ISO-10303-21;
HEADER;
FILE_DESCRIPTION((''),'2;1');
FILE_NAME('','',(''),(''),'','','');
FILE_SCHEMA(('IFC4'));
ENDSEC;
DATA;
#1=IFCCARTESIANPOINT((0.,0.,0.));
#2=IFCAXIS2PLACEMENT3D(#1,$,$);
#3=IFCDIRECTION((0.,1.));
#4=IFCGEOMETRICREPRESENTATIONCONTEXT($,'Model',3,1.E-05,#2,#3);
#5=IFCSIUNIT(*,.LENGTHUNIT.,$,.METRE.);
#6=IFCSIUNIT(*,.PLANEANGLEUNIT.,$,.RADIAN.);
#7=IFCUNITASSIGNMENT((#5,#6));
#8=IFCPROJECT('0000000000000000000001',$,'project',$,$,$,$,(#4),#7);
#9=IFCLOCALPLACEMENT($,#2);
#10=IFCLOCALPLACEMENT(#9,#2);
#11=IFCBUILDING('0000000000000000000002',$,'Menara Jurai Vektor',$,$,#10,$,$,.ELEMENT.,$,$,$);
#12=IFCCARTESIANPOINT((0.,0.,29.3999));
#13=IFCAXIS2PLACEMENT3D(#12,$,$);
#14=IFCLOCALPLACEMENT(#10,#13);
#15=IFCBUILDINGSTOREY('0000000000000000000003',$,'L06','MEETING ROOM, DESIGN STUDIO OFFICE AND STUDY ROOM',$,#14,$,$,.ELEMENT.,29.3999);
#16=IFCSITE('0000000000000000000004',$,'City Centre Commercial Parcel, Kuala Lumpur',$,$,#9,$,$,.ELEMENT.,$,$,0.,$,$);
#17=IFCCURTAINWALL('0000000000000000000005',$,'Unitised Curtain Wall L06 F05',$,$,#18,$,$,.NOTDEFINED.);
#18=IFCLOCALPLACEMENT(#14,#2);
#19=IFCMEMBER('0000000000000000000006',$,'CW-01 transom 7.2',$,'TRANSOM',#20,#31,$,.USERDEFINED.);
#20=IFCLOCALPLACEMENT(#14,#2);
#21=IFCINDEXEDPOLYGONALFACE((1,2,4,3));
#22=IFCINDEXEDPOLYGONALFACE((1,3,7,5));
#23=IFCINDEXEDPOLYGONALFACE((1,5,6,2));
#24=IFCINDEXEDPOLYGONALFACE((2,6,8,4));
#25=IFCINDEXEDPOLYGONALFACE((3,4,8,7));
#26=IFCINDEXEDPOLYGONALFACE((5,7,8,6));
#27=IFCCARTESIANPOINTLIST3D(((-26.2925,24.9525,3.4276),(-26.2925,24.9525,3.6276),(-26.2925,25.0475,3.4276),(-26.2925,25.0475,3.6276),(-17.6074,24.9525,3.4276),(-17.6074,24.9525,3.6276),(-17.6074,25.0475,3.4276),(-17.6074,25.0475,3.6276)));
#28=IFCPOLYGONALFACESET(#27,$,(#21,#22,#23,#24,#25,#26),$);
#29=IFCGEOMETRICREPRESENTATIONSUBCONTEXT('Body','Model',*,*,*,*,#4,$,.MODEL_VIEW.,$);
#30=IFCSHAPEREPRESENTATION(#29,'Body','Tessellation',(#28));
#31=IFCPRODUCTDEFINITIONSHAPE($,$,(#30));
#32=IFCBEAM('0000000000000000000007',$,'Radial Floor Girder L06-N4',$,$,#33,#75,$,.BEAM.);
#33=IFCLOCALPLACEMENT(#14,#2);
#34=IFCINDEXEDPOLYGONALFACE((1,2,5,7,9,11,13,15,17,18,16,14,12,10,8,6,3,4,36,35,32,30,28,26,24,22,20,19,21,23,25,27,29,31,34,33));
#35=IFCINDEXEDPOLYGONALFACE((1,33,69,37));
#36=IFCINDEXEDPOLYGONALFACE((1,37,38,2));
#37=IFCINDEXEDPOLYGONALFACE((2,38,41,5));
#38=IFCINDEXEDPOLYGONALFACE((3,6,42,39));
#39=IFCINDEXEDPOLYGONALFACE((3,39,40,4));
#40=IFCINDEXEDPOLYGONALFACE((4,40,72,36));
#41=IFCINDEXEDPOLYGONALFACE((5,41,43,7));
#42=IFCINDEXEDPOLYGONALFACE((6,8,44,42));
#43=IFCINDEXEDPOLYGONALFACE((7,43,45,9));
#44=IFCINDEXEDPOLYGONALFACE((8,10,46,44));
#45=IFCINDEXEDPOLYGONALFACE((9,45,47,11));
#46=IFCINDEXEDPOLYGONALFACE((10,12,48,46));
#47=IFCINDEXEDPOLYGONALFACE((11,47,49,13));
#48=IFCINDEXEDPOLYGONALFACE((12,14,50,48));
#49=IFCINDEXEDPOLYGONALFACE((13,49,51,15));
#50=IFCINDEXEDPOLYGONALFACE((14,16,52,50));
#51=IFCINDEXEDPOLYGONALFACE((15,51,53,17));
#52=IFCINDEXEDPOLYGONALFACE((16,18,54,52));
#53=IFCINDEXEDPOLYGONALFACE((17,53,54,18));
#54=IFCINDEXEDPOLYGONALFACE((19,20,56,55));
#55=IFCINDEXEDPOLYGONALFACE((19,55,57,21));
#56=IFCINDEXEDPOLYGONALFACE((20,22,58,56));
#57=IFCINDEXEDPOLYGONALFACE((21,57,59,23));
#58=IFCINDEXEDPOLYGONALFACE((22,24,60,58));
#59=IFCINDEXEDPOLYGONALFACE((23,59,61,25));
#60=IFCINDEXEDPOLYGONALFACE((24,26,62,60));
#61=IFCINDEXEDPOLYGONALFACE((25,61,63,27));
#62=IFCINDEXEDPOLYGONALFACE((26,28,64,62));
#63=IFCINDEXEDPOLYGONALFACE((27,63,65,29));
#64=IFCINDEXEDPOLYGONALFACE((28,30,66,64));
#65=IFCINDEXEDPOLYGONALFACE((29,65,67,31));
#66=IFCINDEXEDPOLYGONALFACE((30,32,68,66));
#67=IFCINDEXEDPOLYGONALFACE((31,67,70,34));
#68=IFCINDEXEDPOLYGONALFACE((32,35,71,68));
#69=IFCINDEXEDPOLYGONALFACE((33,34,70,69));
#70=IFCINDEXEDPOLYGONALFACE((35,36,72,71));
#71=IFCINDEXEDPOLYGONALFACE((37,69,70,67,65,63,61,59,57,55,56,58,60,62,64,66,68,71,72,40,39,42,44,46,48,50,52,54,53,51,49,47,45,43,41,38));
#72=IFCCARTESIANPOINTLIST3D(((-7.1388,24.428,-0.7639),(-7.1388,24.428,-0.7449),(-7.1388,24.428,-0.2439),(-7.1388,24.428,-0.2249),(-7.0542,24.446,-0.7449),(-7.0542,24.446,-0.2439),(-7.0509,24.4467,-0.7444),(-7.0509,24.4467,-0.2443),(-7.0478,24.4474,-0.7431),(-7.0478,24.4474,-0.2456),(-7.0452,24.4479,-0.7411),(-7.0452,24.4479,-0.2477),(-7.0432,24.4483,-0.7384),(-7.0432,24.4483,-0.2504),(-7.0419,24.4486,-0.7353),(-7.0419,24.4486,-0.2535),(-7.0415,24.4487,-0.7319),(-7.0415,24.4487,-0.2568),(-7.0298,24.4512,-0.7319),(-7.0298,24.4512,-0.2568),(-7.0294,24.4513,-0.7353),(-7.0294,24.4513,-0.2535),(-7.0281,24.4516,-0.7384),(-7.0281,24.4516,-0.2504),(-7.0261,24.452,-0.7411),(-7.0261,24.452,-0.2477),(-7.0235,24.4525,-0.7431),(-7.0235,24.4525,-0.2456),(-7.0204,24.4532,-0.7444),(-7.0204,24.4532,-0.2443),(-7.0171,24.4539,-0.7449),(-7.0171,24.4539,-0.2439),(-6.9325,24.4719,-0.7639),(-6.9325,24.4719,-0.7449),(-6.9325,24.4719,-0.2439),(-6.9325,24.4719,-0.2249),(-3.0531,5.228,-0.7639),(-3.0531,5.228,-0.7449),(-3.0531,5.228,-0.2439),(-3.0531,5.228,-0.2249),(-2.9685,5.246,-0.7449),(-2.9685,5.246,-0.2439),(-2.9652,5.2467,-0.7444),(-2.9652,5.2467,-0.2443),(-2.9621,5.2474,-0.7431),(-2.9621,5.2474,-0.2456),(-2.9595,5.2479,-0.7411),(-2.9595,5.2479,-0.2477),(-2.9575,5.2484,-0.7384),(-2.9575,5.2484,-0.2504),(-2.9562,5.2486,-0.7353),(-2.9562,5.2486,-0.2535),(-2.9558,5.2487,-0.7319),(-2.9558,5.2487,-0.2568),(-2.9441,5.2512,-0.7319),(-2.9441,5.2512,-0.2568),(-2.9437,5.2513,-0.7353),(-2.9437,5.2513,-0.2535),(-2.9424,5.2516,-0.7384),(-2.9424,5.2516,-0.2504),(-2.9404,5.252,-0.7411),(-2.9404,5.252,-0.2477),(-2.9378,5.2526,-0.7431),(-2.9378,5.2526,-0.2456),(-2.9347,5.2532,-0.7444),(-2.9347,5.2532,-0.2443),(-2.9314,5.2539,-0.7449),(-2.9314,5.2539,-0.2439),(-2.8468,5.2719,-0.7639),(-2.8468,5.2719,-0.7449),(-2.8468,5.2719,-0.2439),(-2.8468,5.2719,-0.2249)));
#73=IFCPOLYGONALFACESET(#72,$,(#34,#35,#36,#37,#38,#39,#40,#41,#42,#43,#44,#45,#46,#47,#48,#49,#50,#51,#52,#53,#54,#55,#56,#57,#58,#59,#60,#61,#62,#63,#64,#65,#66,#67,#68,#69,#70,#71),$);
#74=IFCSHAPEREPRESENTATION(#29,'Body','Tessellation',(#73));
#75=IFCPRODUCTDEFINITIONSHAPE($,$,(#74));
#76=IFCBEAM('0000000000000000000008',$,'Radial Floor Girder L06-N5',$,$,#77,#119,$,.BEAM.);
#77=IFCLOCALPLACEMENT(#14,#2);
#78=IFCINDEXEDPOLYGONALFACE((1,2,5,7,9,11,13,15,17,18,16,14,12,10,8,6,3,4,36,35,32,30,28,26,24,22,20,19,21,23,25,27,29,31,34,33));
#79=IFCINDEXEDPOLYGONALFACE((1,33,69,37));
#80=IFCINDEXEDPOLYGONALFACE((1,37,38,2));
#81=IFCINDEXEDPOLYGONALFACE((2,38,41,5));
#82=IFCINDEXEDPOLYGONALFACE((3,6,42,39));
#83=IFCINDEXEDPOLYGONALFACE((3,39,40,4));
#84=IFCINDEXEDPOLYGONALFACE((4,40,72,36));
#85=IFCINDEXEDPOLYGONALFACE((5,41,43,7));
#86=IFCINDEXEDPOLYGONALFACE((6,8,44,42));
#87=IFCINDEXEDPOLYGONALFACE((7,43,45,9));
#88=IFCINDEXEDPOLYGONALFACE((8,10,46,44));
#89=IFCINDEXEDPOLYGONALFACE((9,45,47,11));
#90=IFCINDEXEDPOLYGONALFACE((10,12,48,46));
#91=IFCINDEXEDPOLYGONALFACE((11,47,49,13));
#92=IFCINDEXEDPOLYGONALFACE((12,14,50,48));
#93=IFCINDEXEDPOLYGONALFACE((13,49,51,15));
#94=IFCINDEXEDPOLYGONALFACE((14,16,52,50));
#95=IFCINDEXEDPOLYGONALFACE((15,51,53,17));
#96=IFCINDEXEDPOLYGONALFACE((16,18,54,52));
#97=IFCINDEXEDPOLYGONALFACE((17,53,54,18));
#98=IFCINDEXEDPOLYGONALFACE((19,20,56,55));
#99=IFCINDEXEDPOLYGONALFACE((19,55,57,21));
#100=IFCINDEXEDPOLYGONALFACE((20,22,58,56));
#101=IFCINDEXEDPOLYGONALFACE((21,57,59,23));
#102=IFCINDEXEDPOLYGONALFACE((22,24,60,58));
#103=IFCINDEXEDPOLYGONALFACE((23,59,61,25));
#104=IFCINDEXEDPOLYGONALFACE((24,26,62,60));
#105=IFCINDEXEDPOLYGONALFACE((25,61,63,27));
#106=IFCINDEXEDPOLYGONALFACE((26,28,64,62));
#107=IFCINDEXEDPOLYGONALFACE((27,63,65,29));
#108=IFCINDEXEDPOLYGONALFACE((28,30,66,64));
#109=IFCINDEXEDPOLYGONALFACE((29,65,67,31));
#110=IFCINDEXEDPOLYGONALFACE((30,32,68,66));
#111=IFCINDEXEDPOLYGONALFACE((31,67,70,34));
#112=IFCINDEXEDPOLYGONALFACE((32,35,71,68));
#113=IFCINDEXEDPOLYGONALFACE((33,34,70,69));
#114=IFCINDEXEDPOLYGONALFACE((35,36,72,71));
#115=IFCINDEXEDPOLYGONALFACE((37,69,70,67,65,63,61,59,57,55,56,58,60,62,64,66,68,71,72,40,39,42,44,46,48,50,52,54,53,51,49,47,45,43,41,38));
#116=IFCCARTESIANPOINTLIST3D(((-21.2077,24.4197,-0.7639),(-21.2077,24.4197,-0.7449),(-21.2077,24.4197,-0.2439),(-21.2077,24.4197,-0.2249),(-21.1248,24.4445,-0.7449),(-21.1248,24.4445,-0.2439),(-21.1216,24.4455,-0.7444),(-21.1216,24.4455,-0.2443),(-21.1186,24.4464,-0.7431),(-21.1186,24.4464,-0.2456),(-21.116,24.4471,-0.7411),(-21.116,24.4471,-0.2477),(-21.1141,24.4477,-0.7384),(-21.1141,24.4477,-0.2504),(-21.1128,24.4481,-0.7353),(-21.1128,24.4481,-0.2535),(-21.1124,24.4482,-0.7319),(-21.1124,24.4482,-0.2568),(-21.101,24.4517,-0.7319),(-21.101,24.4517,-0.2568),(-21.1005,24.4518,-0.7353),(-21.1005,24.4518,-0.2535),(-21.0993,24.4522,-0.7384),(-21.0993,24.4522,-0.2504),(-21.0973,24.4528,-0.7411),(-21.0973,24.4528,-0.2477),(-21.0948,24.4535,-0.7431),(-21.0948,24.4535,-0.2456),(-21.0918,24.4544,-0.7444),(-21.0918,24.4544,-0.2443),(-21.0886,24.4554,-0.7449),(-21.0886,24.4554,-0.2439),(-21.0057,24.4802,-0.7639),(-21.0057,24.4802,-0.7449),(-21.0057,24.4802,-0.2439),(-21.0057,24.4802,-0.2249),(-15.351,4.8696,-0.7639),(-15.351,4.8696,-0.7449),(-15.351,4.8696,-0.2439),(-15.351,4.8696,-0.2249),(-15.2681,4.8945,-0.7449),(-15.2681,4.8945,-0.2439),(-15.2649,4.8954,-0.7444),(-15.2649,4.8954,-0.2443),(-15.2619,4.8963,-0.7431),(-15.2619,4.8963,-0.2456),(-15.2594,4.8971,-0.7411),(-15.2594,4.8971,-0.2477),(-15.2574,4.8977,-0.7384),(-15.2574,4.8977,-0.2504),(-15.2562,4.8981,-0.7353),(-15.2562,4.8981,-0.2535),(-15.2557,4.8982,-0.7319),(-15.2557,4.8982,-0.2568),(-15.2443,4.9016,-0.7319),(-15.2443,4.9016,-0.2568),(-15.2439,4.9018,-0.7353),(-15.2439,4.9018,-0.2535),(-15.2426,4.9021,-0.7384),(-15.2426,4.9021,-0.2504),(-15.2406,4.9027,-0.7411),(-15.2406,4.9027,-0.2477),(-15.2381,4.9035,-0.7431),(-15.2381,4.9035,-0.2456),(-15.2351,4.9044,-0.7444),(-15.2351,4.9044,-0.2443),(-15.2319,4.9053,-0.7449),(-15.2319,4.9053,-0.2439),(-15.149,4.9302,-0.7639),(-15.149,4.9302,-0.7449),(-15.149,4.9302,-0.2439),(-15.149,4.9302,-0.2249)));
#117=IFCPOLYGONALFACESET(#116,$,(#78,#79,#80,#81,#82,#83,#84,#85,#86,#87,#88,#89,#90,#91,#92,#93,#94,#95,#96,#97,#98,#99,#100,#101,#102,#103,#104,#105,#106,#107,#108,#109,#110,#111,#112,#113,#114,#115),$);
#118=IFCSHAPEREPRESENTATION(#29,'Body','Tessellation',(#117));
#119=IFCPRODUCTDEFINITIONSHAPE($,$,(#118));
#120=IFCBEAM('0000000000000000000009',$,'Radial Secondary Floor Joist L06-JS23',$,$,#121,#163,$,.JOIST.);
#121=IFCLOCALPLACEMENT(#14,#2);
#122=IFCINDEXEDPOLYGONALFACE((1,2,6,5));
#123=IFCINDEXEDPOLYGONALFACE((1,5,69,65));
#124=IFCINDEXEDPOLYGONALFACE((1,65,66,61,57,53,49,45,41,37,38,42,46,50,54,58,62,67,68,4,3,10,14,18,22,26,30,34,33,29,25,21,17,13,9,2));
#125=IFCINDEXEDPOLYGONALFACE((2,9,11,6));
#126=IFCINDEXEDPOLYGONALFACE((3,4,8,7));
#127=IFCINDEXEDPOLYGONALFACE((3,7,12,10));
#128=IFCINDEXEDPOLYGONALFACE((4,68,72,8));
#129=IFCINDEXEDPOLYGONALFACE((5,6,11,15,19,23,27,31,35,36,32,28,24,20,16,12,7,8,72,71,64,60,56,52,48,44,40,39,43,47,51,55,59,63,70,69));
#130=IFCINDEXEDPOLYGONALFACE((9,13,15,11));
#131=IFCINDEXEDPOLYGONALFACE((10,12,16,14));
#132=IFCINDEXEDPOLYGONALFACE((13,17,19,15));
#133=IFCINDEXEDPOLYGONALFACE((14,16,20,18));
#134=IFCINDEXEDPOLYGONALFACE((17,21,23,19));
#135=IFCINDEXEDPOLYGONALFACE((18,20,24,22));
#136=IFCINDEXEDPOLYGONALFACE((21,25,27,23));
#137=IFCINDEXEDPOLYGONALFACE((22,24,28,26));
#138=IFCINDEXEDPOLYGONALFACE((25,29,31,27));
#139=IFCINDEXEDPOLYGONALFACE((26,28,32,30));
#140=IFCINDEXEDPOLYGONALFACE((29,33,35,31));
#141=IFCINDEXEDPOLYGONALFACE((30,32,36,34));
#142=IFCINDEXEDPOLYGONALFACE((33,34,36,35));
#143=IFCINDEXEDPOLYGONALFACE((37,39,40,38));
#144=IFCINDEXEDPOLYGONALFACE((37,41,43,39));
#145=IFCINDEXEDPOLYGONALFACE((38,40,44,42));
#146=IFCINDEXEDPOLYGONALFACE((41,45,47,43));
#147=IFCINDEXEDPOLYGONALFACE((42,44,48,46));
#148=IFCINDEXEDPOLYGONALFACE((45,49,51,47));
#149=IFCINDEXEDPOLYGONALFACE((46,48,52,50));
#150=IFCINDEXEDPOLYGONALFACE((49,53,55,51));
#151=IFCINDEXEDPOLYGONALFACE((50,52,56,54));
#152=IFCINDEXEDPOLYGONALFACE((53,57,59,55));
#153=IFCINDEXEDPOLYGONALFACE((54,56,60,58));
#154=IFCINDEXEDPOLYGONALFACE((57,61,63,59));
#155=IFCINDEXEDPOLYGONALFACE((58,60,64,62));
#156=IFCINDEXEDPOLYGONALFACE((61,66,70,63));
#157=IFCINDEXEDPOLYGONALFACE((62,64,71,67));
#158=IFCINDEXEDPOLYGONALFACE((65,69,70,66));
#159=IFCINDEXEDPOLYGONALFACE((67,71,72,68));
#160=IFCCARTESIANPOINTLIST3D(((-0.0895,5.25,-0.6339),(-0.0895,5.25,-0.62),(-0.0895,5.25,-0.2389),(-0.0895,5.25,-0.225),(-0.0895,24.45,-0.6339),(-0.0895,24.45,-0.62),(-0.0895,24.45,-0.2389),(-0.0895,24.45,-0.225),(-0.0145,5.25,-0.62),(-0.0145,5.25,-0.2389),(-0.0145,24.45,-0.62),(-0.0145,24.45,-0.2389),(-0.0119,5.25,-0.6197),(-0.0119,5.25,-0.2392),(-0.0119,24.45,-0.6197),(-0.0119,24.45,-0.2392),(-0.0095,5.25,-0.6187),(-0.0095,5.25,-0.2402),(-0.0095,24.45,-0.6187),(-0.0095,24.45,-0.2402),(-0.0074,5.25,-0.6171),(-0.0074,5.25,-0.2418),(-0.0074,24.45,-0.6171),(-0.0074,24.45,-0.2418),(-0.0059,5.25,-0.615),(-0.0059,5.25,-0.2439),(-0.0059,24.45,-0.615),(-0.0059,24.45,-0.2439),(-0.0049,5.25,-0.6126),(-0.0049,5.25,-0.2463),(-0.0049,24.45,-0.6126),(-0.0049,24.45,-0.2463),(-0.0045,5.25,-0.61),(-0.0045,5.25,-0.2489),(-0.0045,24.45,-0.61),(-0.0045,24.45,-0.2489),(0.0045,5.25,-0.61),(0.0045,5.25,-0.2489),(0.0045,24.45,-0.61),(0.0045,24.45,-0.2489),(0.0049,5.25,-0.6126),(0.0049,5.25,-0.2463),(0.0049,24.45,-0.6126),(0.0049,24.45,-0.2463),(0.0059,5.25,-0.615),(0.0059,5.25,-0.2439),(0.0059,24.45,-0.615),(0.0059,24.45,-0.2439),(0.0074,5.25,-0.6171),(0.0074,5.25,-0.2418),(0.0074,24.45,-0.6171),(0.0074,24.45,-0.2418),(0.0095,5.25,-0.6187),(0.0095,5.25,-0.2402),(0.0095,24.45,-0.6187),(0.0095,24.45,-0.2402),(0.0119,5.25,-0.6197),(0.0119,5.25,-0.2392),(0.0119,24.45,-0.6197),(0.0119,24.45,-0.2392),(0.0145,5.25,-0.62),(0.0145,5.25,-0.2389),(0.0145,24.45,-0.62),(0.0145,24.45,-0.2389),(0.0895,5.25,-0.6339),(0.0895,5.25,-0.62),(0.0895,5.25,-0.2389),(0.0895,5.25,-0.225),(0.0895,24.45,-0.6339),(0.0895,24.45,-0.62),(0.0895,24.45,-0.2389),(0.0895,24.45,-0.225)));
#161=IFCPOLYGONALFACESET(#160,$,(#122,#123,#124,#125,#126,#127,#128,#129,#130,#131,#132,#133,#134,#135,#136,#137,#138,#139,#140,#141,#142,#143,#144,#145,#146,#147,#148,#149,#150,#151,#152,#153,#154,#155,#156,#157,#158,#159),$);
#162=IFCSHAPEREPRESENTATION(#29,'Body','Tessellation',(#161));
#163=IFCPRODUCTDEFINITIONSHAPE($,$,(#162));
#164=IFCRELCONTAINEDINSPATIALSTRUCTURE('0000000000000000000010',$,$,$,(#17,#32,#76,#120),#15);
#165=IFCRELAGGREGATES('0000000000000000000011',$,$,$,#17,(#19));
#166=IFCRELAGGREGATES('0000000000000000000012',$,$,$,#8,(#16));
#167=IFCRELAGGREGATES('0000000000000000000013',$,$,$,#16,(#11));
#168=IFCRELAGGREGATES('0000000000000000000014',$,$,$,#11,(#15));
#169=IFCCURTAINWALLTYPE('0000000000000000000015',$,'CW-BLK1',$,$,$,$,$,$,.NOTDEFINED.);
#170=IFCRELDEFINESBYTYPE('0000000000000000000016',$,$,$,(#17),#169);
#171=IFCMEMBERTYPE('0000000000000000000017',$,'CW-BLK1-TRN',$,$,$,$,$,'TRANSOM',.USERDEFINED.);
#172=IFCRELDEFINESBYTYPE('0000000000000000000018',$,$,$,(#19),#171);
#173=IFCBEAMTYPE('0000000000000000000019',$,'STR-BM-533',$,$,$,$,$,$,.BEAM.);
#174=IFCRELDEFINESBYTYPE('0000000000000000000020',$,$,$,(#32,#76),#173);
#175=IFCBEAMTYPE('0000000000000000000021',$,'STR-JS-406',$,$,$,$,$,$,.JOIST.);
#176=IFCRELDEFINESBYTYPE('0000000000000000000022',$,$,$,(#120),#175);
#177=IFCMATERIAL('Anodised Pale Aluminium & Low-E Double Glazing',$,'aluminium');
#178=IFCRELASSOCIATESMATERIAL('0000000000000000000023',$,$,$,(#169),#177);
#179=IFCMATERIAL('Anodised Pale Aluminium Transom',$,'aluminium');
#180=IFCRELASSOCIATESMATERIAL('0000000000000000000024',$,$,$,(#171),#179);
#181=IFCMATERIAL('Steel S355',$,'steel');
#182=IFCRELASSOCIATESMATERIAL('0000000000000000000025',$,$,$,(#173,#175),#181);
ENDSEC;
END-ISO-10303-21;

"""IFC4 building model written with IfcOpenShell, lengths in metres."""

from ifc_helpers import new_model, si_unit, direction, frame, origin, origin_2d, place, context, subcontext, project, spatial, rectangle, i_section, extrude, material, material_profile, profile_set, type_object, element, aggregate, save


model = new_model("IFC4")

# Units and contexts
model_context = context("Model", 3, precision=1e-05, world=origin(), true_north=direction((0.0, 1.0)))
body_context = subcontext(model_context, "Body", "Model", "MODEL_VIEW")
ifc_project = project(units=[si_unit("LENGTHUNIT", "METRE"), si_unit("PLANEANGLEUNIT", "RADIAN")], contexts=[model_context])

# Site, building, storey
site_placement = place(None, origin())
site = spatial("IfcSite", under=ifc_project, at=site_placement, Name="City Centre Commercial Parcel, Kuala Lumpur", CompositionType="ELEMENT", RefElevation=0.0)
building_placement = place(site_placement, origin())
building = spatial("IfcBuilding", under=site, at=building_placement, Name="Menara Jurai Vektor", CompositionType="ELEMENT")
storey_placement = place(building_placement, frame((0.0, 0.0, 29.3999)))
storey = spatial("IfcBuildingStorey", under=building, at=storey_placement, Name="L06", Description="MEETING ROOM, DESIGN STUDIO OFFICE AND STUDY ROOM", CompositionType="ELEMENT", Elevation=29.3999)

# Curtain wall, member
ifc_material_1 = material(Name="Anodised Pale Aluminium & Low-E Double Glazing", Category="aluminium")
curtain_wall_type = type_object("IfcCurtainWallType", Name="CW-BLK1", PredefinedType="NOTDEFINED", material=ifc_material_1)
curtain_wall_placement = place(storey_placement, origin())
curtain_wall = element("IfcCurtainWall", 1, at=curtain_wall_placement, inside=storey, type_object=curtain_wall_type, Name="Unitised Curtain Wall L06 F05", PredefinedType="NOTDEFINED")
ifc_material_2 = material(Name="Anodised Pale Aluminium Transom", Category="aluminium")
ifc_material_profile_1 = material_profile(ifc_material_2, rectangle(XDim=0.095, YDim=0.2, at=origin_2d()), Name="ALU TRN 95x200")
ifc_profile_set_1 = profile_set([ifc_material_profile_1], Name="Anodised Pale Aluminium Transom")
member_type_1 = type_object("IfcMemberType", Name="CW-BLK1-TRN", ElementType="TRANSOM", PredefinedType="USERDEFINED", material=ifc_profile_set_1)
member_1_placement = place(storey_placement, frame((-17.6074, 25.0, 3.5276), z_axis=(-1.0, 0.0, 0.0), x_axis=(0.0, -1.0, 0.0)))
member_1 = element("IfcMember", 2, at=member_1_placement, type_object=member_type_1, Name="CW-01 transom 7.2", ObjectType="TRANSOM", PredefinedType="USERDEFINED", context=body_context, shape_type="SweptSolid", body=[
    extrude(rectangle(XDim=0.095, YDim=0.2, at=origin_2d()), origin(), (0.0, 0.0, 1.0), 8.6851),
])

# Beams
ifc_material_3 = material(Name="Steel S355", Category="steel")
ifc_material_profile_2 = material_profile(ifc_material_3, i_section(OverallWidth=0.2109, OverallDepth=0.5391, WebThickness=0.012, FlangeThickness=0.019, FilletRadius=0.0129, at=origin_2d()), Name="UKB 533x210x109")
ifc_profile_set_2 = profile_set([ifc_material_profile_2], Name="Steel S355")
beam_type_1 = type_object("IfcBeamType", Name="STR-BM-533", PredefinedType="BEAM", material=ifc_profile_set_2)
beam_1_placement = place(storey_placement, frame((-7.0356, 24.45, -0.4944), z_axis=(0.208137, -0.9781, 0.0), x_axis=(0.9781, 0.208137, 0.0)))
element("IfcBeam", 3, at=beam_1_placement, inside=storey, type_object=beam_type_1, Name="Radial Floor Girder L06-N4", PredefinedType="BEAM", context=body_context, shape_type="SweptSolid", body=[
    extrude(i_section(OverallWidth=0.2109, OverallDepth=0.5391, WebThickness=0.012, FlangeThickness=0.019, FilletRadius=0.0129, at=origin_2d()), origin(), (0.0, 0.0, 1.0), 19.6299),
])
beam_2_placement = place(storey_placement, frame((-21.1067, 24.45, -0.4944), z_axis=(0.286974, -0.957938, 0.0), x_axis=(0.957938, 0.286974, 0.0)))
element("IfcBeam", 4, at=beam_2_placement, inside=storey, type_object=beam_type_1, Name="Radial Floor Girder L06-N5", PredefinedType="BEAM", context=body_context, shape_type="SweptSolid", body=[
    extrude(i_section(OverallWidth=0.2109, OverallDepth=0.5391, WebThickness=0.012, FlangeThickness=0.019, FilletRadius=0.0129, at=origin_2d()), origin(), (0.0, 0.0, 1.0), 20.4084),
])
ifc_material_profile_3 = material_profile(ifc_material_3, i_section(OverallWidth=0.179, OverallDepth=0.4089, WebThickness=0.009, FlangeThickness=0.0139, FilletRadius=0.01, at=origin_2d()), Name="UKB 406x178x67")
ifc_profile_set_3 = profile_set([ifc_material_profile_3], Name="Steel S355")
beam_type_2 = type_object("IfcBeamType", Name="STR-JS-406", PredefinedType="JOIST", material=ifc_profile_set_3)
beam_3_placement = place(storey_placement, frame((0.0, 24.45, -0.4294), z_axis=(0.0, -1.0, 0.0), x_axis=(1.0, 0.0, 0.0)))
element("IfcBeam", 5, at=beam_3_placement, inside=storey, type_object=beam_type_2, Name="Radial Secondary Floor Joist L06-JS23", PredefinedType="JOIST", context=body_context, shape_type="SweptSolid", body=[
    extrude(i_section(OverallWidth=0.179, OverallDepth=0.4089, WebThickness=0.009, FlangeThickness=0.0139, FilletRadius=0.01, at=origin_2d()), origin(), (0.0, 0.0, 1.0), 19.2),
])

aggregate(curtain_wall, [member_1])

save(model, "model.ifc")
